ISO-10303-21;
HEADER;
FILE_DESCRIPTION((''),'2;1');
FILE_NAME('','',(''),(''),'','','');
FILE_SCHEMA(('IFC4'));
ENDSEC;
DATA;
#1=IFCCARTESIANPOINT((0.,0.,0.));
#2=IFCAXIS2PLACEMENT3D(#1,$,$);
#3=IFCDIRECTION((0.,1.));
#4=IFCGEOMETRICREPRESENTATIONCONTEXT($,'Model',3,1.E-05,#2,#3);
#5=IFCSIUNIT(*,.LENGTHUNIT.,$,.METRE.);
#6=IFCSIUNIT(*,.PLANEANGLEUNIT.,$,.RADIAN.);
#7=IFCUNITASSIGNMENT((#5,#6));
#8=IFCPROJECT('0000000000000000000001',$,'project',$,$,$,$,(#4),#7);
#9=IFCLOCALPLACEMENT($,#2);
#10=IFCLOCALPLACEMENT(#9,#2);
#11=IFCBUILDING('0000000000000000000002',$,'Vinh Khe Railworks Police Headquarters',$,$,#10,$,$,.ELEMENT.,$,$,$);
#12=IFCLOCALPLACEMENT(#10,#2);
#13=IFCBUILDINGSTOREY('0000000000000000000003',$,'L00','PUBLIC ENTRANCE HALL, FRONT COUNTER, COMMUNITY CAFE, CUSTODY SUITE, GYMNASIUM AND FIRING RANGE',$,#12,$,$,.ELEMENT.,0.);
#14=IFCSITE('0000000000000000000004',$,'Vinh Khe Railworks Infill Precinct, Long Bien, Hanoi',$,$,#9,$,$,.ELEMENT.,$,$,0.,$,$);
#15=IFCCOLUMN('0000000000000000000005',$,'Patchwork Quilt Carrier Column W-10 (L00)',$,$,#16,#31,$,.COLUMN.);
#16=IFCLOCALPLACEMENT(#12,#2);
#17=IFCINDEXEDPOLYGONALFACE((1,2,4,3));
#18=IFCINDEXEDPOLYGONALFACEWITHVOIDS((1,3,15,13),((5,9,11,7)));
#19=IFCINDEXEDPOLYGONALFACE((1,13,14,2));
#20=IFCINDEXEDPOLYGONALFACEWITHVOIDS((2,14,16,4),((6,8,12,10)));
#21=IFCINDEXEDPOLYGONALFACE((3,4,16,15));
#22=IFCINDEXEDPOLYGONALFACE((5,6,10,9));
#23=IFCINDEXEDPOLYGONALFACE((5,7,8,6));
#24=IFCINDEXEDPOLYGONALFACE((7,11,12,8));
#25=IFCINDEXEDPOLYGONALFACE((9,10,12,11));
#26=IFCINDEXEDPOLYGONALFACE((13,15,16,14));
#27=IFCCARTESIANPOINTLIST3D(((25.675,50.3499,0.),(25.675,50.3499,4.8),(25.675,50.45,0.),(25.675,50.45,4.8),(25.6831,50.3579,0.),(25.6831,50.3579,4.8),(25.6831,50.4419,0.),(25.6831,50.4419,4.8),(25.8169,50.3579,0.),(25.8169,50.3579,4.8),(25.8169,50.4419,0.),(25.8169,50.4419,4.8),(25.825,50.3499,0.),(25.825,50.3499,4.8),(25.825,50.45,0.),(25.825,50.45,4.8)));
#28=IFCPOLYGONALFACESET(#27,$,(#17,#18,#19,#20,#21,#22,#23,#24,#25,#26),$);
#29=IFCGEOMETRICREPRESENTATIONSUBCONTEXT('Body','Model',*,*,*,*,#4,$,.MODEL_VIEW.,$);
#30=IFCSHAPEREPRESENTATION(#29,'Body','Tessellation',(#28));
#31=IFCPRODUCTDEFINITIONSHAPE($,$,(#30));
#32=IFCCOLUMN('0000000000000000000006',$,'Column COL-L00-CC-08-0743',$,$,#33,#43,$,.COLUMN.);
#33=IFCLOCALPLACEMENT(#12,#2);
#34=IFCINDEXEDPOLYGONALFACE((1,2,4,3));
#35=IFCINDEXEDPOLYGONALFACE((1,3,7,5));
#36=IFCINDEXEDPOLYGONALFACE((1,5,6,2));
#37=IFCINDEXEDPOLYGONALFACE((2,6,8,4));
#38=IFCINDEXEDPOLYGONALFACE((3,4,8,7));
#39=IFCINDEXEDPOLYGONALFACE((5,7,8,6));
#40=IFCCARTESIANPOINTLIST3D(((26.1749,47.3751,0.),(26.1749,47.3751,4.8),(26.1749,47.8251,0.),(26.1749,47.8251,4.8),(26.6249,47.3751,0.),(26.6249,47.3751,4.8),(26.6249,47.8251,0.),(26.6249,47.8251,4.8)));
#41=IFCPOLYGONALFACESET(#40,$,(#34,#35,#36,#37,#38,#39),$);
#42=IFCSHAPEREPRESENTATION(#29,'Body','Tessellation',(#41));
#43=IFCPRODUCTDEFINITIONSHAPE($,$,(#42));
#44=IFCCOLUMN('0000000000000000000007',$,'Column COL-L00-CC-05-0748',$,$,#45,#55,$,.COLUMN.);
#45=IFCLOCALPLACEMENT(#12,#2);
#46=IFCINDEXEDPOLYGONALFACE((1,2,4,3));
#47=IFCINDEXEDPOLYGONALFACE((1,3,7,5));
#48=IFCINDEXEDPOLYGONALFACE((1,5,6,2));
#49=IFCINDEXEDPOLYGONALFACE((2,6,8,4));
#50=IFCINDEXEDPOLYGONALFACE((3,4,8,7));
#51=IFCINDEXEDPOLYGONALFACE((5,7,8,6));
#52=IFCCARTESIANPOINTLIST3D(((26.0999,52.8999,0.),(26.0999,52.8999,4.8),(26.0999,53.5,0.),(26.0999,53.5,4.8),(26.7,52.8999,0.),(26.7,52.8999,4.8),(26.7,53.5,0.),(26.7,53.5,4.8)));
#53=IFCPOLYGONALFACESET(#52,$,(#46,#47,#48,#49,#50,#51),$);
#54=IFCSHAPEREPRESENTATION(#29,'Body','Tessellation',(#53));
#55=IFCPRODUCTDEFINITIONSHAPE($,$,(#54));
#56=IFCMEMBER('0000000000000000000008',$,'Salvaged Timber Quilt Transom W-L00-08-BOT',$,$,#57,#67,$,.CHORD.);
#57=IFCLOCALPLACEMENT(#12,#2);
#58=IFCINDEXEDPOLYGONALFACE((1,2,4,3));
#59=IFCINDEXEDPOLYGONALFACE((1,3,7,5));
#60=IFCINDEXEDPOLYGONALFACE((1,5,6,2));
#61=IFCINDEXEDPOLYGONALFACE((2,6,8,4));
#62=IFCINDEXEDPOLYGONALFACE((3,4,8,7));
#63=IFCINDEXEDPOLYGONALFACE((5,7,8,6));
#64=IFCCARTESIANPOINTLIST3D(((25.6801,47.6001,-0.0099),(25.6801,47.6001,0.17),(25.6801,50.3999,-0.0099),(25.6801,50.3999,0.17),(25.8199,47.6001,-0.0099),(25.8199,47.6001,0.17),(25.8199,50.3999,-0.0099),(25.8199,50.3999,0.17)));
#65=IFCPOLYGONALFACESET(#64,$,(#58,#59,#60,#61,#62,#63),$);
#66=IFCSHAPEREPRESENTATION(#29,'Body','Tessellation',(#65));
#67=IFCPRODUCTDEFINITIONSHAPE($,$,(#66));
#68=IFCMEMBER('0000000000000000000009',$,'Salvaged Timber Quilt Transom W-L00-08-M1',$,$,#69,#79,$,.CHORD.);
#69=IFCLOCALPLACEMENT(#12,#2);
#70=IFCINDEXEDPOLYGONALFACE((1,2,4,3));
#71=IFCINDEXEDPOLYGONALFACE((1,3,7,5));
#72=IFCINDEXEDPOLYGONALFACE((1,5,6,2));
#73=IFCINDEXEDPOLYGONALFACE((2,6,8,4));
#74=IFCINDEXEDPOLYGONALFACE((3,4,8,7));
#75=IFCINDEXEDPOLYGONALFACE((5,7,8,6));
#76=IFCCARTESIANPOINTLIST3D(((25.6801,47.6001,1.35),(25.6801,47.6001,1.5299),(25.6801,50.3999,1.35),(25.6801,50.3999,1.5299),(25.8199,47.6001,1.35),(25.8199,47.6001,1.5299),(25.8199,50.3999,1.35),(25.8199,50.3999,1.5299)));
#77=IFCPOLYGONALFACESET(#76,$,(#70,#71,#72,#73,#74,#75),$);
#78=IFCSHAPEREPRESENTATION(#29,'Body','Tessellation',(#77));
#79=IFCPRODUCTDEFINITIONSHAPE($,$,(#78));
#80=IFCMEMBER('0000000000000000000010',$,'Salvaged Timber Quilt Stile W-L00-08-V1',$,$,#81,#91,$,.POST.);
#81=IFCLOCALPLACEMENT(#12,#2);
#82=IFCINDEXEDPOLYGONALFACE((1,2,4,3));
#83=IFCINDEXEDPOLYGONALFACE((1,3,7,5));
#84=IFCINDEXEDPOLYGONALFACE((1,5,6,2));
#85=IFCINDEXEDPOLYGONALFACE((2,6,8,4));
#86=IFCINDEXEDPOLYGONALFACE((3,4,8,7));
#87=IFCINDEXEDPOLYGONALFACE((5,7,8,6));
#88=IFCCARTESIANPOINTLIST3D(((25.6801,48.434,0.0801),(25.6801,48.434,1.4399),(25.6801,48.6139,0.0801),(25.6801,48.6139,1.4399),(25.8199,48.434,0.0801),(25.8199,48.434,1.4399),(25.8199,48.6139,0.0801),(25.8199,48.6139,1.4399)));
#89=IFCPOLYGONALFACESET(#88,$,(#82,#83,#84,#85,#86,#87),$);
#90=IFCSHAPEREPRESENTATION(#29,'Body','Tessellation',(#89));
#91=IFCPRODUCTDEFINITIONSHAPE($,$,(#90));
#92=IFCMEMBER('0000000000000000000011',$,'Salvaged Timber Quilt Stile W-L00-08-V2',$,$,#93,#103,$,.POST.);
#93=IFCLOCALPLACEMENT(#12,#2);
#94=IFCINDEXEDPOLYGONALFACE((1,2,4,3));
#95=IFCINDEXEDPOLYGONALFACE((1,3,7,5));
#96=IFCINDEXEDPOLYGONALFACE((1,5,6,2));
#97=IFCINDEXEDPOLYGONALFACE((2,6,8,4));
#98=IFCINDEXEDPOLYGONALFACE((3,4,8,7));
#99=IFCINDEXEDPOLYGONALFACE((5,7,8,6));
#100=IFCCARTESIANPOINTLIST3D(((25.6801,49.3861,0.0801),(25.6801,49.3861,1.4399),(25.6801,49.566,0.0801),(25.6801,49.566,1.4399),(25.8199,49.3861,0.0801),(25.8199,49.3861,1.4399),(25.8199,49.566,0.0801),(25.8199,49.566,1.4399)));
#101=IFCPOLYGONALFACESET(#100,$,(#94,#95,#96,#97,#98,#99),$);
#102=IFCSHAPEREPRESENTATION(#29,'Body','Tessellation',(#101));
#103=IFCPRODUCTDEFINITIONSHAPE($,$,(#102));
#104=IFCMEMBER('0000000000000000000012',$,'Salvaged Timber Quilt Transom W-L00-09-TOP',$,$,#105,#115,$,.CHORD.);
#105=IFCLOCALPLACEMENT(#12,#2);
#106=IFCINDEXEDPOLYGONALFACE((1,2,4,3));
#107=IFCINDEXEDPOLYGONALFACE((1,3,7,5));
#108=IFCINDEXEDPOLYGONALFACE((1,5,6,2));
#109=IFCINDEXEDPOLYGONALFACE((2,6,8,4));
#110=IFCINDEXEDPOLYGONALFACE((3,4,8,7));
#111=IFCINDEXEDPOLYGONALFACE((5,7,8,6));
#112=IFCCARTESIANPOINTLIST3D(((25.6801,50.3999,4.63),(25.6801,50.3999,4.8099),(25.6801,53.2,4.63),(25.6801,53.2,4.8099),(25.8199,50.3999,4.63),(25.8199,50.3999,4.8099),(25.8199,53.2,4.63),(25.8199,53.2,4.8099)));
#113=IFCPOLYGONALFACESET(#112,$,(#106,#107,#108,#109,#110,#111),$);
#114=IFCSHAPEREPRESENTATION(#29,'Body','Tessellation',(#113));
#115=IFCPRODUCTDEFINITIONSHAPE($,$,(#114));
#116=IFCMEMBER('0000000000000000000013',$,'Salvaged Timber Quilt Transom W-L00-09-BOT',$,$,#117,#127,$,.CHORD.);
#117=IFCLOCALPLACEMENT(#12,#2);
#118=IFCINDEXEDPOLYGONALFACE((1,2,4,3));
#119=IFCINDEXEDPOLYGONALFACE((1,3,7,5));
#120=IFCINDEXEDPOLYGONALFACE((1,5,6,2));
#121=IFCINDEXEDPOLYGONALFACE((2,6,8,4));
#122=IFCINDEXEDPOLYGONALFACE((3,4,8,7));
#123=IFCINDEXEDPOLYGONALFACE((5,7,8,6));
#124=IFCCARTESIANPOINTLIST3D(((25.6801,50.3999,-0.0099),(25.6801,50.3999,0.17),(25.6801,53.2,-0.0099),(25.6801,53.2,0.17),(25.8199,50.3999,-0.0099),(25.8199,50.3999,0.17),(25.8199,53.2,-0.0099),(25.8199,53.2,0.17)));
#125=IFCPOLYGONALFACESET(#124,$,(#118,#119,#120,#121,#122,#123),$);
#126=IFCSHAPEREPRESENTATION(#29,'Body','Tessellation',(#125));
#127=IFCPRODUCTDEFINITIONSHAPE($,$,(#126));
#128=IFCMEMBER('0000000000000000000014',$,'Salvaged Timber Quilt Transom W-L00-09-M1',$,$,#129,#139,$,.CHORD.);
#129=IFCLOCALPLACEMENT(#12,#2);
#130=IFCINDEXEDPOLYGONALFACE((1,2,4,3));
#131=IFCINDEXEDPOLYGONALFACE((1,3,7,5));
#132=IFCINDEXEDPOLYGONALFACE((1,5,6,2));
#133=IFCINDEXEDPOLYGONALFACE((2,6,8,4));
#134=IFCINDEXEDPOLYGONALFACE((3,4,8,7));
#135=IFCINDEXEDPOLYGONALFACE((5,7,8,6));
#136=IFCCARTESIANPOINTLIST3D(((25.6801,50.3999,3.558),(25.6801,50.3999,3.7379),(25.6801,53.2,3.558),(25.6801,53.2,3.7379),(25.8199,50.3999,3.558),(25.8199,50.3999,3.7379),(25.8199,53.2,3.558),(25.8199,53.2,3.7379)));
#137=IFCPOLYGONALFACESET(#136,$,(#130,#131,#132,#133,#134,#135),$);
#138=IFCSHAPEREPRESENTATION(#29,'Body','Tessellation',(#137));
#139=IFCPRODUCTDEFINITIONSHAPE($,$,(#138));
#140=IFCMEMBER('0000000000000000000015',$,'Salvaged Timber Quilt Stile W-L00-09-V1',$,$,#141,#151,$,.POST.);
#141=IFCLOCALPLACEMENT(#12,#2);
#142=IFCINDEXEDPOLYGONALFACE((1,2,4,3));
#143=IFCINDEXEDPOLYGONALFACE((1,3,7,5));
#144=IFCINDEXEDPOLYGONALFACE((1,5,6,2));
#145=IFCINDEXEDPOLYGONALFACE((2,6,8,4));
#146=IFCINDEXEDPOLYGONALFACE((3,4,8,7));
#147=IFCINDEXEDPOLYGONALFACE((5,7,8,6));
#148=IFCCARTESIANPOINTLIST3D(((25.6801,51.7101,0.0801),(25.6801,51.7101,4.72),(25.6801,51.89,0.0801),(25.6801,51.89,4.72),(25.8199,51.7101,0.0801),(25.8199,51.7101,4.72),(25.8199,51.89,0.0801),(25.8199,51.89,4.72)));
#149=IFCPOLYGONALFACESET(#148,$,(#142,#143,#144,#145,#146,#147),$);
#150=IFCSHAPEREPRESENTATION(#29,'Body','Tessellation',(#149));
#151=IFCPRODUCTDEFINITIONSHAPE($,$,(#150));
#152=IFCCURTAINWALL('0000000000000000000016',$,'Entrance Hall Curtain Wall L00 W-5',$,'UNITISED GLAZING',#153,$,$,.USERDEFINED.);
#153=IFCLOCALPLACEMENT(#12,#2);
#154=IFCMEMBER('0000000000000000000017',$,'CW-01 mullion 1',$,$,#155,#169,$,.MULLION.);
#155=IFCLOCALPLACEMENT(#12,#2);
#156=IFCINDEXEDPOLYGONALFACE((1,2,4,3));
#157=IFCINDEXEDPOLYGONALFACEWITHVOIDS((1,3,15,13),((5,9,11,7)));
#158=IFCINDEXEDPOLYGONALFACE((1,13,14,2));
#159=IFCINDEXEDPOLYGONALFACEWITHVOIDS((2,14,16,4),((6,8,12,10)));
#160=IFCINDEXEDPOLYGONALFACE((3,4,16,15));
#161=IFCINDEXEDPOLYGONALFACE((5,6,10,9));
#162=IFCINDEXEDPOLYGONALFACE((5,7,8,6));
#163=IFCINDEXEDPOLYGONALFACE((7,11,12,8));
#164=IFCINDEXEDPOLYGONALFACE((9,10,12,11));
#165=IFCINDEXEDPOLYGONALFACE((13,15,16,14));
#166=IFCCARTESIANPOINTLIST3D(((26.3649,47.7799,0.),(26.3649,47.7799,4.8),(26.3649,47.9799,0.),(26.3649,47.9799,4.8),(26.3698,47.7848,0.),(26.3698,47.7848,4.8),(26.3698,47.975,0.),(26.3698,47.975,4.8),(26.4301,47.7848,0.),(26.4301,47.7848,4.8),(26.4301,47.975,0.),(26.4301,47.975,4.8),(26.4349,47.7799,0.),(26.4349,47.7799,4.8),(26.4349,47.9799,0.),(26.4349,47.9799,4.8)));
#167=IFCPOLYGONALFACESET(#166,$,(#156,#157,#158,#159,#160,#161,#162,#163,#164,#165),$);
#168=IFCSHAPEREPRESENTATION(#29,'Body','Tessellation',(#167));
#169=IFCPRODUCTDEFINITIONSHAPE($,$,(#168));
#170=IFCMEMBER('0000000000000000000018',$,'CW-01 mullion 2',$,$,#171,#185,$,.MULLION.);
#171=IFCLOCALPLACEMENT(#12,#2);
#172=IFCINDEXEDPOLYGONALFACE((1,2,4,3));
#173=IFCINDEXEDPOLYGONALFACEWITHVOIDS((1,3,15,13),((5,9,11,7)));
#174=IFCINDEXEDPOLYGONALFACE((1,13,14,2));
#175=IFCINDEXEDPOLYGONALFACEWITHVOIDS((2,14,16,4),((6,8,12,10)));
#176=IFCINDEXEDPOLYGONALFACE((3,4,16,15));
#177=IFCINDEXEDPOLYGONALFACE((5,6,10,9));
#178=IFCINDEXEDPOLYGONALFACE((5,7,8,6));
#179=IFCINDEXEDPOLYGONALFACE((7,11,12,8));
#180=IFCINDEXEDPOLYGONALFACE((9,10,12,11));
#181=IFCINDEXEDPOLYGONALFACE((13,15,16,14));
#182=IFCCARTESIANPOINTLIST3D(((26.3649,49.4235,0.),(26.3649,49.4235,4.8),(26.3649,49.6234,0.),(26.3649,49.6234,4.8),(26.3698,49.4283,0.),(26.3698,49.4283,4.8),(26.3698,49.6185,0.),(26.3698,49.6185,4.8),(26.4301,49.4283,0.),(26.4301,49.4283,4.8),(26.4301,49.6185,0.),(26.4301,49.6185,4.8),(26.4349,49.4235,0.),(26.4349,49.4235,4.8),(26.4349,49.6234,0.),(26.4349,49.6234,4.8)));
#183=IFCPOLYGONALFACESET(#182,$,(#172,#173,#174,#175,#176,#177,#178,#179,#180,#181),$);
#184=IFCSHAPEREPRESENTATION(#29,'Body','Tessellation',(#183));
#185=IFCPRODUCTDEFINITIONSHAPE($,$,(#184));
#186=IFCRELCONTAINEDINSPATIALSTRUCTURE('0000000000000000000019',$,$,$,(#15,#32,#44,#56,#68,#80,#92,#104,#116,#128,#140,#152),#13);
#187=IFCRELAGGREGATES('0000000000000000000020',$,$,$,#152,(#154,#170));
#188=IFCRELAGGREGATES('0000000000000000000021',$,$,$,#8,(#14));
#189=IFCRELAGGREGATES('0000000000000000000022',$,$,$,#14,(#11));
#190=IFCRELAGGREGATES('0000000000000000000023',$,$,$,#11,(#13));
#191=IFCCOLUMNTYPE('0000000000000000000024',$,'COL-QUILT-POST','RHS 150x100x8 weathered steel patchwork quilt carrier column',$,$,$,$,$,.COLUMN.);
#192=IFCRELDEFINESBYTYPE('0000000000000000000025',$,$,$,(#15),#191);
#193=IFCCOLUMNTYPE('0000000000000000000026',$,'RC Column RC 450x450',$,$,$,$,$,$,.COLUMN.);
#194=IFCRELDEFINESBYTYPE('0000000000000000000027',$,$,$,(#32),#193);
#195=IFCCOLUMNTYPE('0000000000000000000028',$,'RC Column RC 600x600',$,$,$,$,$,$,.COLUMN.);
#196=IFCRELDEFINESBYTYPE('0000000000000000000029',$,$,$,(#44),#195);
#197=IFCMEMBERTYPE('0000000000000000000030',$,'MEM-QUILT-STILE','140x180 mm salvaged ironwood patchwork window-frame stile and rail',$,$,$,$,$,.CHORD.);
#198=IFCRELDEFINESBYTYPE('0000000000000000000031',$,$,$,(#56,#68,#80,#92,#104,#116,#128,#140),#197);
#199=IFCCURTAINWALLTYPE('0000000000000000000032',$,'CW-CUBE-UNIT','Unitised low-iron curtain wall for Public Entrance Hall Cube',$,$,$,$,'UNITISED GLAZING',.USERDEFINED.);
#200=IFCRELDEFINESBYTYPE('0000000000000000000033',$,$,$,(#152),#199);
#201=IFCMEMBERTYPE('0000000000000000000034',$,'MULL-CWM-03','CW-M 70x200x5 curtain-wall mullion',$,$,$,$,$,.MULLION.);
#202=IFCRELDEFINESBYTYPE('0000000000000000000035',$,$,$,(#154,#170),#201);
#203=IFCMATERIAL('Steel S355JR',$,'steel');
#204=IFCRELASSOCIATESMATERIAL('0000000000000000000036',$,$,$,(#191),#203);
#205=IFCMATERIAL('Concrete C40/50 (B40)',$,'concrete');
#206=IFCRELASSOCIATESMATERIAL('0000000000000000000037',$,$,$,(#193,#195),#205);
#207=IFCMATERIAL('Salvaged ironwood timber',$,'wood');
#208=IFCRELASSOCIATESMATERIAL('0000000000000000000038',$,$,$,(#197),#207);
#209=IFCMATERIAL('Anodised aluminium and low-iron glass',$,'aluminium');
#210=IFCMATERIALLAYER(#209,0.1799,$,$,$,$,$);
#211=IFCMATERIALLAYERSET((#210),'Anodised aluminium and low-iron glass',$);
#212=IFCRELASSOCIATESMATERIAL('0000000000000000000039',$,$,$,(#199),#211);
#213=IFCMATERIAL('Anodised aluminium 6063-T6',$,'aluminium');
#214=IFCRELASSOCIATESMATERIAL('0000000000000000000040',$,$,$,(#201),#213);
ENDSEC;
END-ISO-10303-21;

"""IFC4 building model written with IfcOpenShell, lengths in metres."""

from ifc_helpers import new_model, si_unit, direction, frame, origin, origin_2d, place, context, subcontext, project, spatial, rectangle, hollow_rectangle, extrude, material, layer, layer_set, material_profile, profile_set, type_object, element, aggregate, save


model = new_model("IFC4")

# Units and contexts
model_context = context("Model", 3, precision=1e-05, world=origin(), true_north=direction((0.0, 1.0)))
body_context = subcontext(model_context, "Body", "Model", "MODEL_VIEW")
ifc_project = project(units=[si_unit("LENGTHUNIT", "METRE"), si_unit("PLANEANGLEUNIT", "RADIAN")], contexts=[model_context])

# Site, building, storey
site_placement = place(None, origin())
site = spatial("IfcSite", under=ifc_project, at=site_placement, Name="Vinh Khe Railworks Infill Precinct, Long Bien, Hanoi", CompositionType="ELEMENT", RefElevation=0.0)
building_placement = place(site_placement, origin())
building = spatial("IfcBuilding", under=site, at=building_placement, Name="Vinh Khe Railworks Police Headquarters", CompositionType="ELEMENT")
storey_placement = place(building_placement, origin())
storey = spatial("IfcBuildingStorey", under=building, at=storey_placement, Name="L00", Description="PUBLIC ENTRANCE HALL, FRONT COUNTER, COMMUNITY CAFE, CUSTODY SUITE, GYMNASIUM AND FIRING RANGE", CompositionType="ELEMENT", Elevation=0.0)

# Columns
ifc_material_1 = material(Name="Steel S355JR", Category="steel")
ifc_material_profile_1 = material_profile(ifc_material_1, hollow_rectangle(XDim=0.1499, YDim=0.1001, WallThickness=0.0081, at=origin_2d()), Name="RHS 150x100x8")
ifc_profile_set_1 = profile_set([ifc_material_profile_1], Name="Steel S355JR")
column_type_1 = type_object("IfcColumnType", Name="COL-QUILT-POST", Description="RHS 150x100x8 weathered steel patchwork quilt carrier column", PredefinedType="COLUMN", material=ifc_profile_set_1)
column_1_placement = place(storey_placement, frame((25.75, 50.3999, 0.0), z_axis=(0.0, 0.0, 1.0), x_axis=(1.0, 0.0, 0.0)))
element("IfcColumn", 1, at=column_1_placement, inside=storey, type_object=column_type_1, Name="Patchwork Quilt Carrier Column W-10 (L00)", PredefinedType="COLUMN", context=body_context, shape_type="SweptSolid", body=[
    extrude(hollow_rectangle(XDim=0.1499, YDim=0.1001, WallThickness=0.0081, at=origin_2d()), origin(), (0.0, 0.0, 1.0), 4.8),
])
ifc_material_2 = material(Name="Concrete C40/50 (B40)", Category="concrete")
ifc_material_profile_2 = material_profile(ifc_material_2, rectangle(XDim=0.45, YDim=0.45, at=origin_2d()), Name="RC 450x450")
ifc_profile_set_2 = profile_set([ifc_material_profile_2], Name="Concrete C40/50 (B40)")
column_type_2 = type_object("IfcColumnType", Name="RC Column RC 450x450", PredefinedType="COLUMN", material=ifc_profile_set_2)
column_2_placement = place(storey_placement, frame((26.3999, 47.6001, 0.0), z_axis=(0.0, 0.0, 1.0), x_axis=(1.0, 0.0, 0.0)))
element("IfcColumn", 2, at=column_2_placement, inside=storey, type_object=column_type_2, Name="Column COL-L00-CC-08-0743", PredefinedType="COLUMN", context=body_context, shape_type="SweptSolid", body=[
    extrude(rectangle(XDim=0.45, YDim=0.45, at=origin_2d()), origin(), (0.0, 0.0, 1.0), 4.8),
])
ifc_material_profile_3 = material_profile(ifc_material_2, rectangle(XDim=0.6001, YDim=0.6001, at=origin_2d()), Name="RC 600x600")
ifc_profile_set_3 = profile_set([ifc_material_profile_3], Name="Concrete C40/50 (B40)")
column_type_3 = type_object("IfcColumnType", Name="RC Column RC 600x600", PredefinedType="COLUMN", material=ifc_profile_set_3)
column_3_placement = place(storey_placement, frame((26.3999, 53.2, 0.0), z_axis=(0.0, 0.0, 1.0), x_axis=(1.0, 0.0, 0.0)))
element("IfcColumn", 3, at=column_3_placement, inside=storey, type_object=column_type_3, Name="Column COL-L00-CC-05-0748", PredefinedType="COLUMN", context=body_context, shape_type="SweptSolid", body=[
    extrude(rectangle(XDim=0.6001, YDim=0.6001, at=origin_2d()), origin(), (0.0, 0.0, 1.0), 4.8),
])

# Members
ifc_material_3 = material(Name="Salvaged ironwood timber", Category="wood")
ifc_material_profile_4 = material_profile(ifc_material_3, rectangle(XDim=0.1399, YDim=0.1799, at=origin_2d()), Name="TIMBER 140x180")
ifc_profile_set_4 = profile_set([ifc_material_profile_4], Name="Salvaged ironwood timber")
member_type_1 = type_object("IfcMemberType", Name="MEM-QUILT-STILE", Description="140x180 mm salvaged ironwood patchwork window-frame stile and rail", PredefinedType="CHORD", material=ifc_profile_set_4)
for number, where, z_axis, x_axis, name in (
    (4, (25.75, 47.6001, 0.0801), (0.0, 1.0, 0.0), (-1.0, 0.0, 0.0), "Salvaged Timber Quilt Transom W-L00-08-BOT"),
    (5, (25.75, 47.6001, 1.4399), (0.0, 1.0, 0.0), (-1.0, 0.0, 0.0), "Salvaged Timber Quilt Transom W-L00-08-M1"),
):
    element("IfcMember", number, at=place(storey_placement, frame(where, z_axis=z_axis, x_axis=x_axis)), inside=storey, type_object=member_type_1, Name=name, PredefinedType="CHORD", context=body_context, shape_type="SweptSolid", body=[
        extrude(rectangle(XDim=0.1399, YDim=0.1799, at=origin_2d()), origin(), (0.0, 0.0, 1.0), 2.7998),
    ])
for number, where, z_axis, x_axis, name in (
    (6, (25.75, 48.5239, 0.0801), (0.0, 0.0, 1.0), (1.0, 0.0, 0.0), "Salvaged Timber Quilt Stile W-L00-08-V1"),
    (7, (25.75, 49.4761, 0.0801), (0.0, 0.0, 1.0), (1.0, 0.0, 0.0), "Salvaged Timber Quilt Stile W-L00-08-V2"),
):
    element("IfcMember", number, at=place(storey_placement, frame(where, z_axis=z_axis, x_axis=x_axis)), inside=storey, type_object=member_type_1, Name=name, PredefinedType="POST", context=body_context, shape_type="SweptSolid", body=[
        extrude(rectangle(XDim=0.1399, YDim=0.1799, at=origin_2d()), origin(), (0.0, 0.0, 1.0), 1.3599),
    ])
for number, where, z_axis, x_axis, name in (
    (8, (25.75, 50.3999, 4.72), (0.0, 1.0, 0.0), (-1.0, 0.0, 0.0), "Salvaged Timber Quilt Transom W-L00-09-TOP"),
    (9, (25.75, 50.3999, 0.0801), (0.0, 1.0, 0.0), (-1.0, 0.0, 0.0), "Salvaged Timber Quilt Transom W-L00-09-BOT"),
    (10, (25.75, 50.3999, 3.6479), (0.0, 1.0, 0.0), (-1.0, 0.0, 0.0), "Salvaged Timber Quilt Transom W-L00-09-M1"),
):
    element("IfcMember", number, at=place(storey_placement, frame(where, z_axis=z_axis, x_axis=x_axis)), inside=storey, type_object=member_type_1, Name=name, PredefinedType="CHORD", context=body_context, shape_type="SweptSolid", body=[
        extrude(rectangle(XDim=0.1399, YDim=0.1799, at=origin_2d()), origin(), (0.0, 0.0, 1.0), 2.8),
    ])
member_1_placement = place(storey_placement, frame((25.75, 51.8, 0.0801), z_axis=(0.0, 0.0, 1.0), x_axis=(1.0, 0.0, 0.0)))
element("IfcMember", 11, at=member_1_placement, inside=storey, type_object=member_type_1, Name="Salvaged Timber Quilt Stile W-L00-09-V1", PredefinedType="POST", context=body_context, shape_type="SweptSolid", body=[
    extrude(rectangle(XDim=0.1399, YDim=0.1799, at=origin_2d()), origin(), (0.0, 0.0, 1.0), 4.6399),
])

# Curtain wall, members
ifc_material_4 = material(Name="Anodised aluminium and low-iron glass", Category="aluminium")
ifc_layer_1 = layer(ifc_material_4, 0.1799)
ifc_layer_set_1 = layer_set([ifc_layer_1], Name="Anodised aluminium and low-iron glass")
curtain_wall_type = type_object("IfcCurtainWallType", Name="CW-CUBE-UNIT", Description="Unitised low-iron curtain wall for Public Entrance Hall Cube", ElementType="UNITISED GLAZING", PredefinedType="USERDEFINED", material=ifc_layer_set_1)
curtain_wall_placement = place(storey_placement, origin())
curtain_wall = element("IfcCurtainWall", 12, at=curtain_wall_placement, inside=storey, type_object=curtain_wall_type, Name="Entrance Hall Curtain Wall L00 W-5", ObjectType="UNITISED GLAZING", PredefinedType="USERDEFINED")
ifc_material_5 = material(Name="Anodised aluminium 6063-T6", Category="aluminium")
ifc_material_profile_5 = material_profile(ifc_material_5, hollow_rectangle(XDim=0.0701, YDim=0.2, WallThickness=0.0049, at=origin_2d()), Name="CW-M 70x200x5")
ifc_profile_set_5 = profile_set([ifc_material_profile_5], Name="Anodised aluminium 6063-T6")
member_type_2 = type_object("IfcMemberType", Name="MULL-CWM-03", Description="CW-M 70x200x5 curtain-wall mullion", PredefinedType="MULLION", material=ifc_profile_set_5)
member_2_placement = place(storey_placement, frame((26.3999, 47.8799, 0.0), z_axis=(0.0, 0.0, 1.0), x_axis=(-1.0, 0.0, 0.0)))
member_2 = element("IfcMember", 13, at=member_2_placement, type_object=member_type_2, Name="CW-01 mullion 1", PredefinedType="MULLION", context=body_context, shape_type="SweptSolid", body=[
    extrude(hollow_rectangle(XDim=0.0701, YDim=0.2, WallThickness=0.0049, at=origin_2d()), origin(), (0.0, 0.0, 1.0), 4.8),
])
member_3_placement = place(storey_placement, frame((26.3999, 49.5234, 0.0), z_axis=(0.0, 0.0, 1.0), x_axis=(-1.0, 0.0, 0.0)))
member_3 = element("IfcMember", 14, at=member_3_placement, type_object=member_type_2, Name="CW-01 mullion 2", PredefinedType="MULLION", context=body_context, shape_type="SweptSolid", body=[
    extrude(hollow_rectangle(XDim=0.0701, YDim=0.2, WallThickness=0.0049, at=origin_2d()), origin(), (0.0, 0.0, 1.0), 4.8),
])

aggregate(curtain_wall, [member_2, member_3])

save(model, "model.ifc")
